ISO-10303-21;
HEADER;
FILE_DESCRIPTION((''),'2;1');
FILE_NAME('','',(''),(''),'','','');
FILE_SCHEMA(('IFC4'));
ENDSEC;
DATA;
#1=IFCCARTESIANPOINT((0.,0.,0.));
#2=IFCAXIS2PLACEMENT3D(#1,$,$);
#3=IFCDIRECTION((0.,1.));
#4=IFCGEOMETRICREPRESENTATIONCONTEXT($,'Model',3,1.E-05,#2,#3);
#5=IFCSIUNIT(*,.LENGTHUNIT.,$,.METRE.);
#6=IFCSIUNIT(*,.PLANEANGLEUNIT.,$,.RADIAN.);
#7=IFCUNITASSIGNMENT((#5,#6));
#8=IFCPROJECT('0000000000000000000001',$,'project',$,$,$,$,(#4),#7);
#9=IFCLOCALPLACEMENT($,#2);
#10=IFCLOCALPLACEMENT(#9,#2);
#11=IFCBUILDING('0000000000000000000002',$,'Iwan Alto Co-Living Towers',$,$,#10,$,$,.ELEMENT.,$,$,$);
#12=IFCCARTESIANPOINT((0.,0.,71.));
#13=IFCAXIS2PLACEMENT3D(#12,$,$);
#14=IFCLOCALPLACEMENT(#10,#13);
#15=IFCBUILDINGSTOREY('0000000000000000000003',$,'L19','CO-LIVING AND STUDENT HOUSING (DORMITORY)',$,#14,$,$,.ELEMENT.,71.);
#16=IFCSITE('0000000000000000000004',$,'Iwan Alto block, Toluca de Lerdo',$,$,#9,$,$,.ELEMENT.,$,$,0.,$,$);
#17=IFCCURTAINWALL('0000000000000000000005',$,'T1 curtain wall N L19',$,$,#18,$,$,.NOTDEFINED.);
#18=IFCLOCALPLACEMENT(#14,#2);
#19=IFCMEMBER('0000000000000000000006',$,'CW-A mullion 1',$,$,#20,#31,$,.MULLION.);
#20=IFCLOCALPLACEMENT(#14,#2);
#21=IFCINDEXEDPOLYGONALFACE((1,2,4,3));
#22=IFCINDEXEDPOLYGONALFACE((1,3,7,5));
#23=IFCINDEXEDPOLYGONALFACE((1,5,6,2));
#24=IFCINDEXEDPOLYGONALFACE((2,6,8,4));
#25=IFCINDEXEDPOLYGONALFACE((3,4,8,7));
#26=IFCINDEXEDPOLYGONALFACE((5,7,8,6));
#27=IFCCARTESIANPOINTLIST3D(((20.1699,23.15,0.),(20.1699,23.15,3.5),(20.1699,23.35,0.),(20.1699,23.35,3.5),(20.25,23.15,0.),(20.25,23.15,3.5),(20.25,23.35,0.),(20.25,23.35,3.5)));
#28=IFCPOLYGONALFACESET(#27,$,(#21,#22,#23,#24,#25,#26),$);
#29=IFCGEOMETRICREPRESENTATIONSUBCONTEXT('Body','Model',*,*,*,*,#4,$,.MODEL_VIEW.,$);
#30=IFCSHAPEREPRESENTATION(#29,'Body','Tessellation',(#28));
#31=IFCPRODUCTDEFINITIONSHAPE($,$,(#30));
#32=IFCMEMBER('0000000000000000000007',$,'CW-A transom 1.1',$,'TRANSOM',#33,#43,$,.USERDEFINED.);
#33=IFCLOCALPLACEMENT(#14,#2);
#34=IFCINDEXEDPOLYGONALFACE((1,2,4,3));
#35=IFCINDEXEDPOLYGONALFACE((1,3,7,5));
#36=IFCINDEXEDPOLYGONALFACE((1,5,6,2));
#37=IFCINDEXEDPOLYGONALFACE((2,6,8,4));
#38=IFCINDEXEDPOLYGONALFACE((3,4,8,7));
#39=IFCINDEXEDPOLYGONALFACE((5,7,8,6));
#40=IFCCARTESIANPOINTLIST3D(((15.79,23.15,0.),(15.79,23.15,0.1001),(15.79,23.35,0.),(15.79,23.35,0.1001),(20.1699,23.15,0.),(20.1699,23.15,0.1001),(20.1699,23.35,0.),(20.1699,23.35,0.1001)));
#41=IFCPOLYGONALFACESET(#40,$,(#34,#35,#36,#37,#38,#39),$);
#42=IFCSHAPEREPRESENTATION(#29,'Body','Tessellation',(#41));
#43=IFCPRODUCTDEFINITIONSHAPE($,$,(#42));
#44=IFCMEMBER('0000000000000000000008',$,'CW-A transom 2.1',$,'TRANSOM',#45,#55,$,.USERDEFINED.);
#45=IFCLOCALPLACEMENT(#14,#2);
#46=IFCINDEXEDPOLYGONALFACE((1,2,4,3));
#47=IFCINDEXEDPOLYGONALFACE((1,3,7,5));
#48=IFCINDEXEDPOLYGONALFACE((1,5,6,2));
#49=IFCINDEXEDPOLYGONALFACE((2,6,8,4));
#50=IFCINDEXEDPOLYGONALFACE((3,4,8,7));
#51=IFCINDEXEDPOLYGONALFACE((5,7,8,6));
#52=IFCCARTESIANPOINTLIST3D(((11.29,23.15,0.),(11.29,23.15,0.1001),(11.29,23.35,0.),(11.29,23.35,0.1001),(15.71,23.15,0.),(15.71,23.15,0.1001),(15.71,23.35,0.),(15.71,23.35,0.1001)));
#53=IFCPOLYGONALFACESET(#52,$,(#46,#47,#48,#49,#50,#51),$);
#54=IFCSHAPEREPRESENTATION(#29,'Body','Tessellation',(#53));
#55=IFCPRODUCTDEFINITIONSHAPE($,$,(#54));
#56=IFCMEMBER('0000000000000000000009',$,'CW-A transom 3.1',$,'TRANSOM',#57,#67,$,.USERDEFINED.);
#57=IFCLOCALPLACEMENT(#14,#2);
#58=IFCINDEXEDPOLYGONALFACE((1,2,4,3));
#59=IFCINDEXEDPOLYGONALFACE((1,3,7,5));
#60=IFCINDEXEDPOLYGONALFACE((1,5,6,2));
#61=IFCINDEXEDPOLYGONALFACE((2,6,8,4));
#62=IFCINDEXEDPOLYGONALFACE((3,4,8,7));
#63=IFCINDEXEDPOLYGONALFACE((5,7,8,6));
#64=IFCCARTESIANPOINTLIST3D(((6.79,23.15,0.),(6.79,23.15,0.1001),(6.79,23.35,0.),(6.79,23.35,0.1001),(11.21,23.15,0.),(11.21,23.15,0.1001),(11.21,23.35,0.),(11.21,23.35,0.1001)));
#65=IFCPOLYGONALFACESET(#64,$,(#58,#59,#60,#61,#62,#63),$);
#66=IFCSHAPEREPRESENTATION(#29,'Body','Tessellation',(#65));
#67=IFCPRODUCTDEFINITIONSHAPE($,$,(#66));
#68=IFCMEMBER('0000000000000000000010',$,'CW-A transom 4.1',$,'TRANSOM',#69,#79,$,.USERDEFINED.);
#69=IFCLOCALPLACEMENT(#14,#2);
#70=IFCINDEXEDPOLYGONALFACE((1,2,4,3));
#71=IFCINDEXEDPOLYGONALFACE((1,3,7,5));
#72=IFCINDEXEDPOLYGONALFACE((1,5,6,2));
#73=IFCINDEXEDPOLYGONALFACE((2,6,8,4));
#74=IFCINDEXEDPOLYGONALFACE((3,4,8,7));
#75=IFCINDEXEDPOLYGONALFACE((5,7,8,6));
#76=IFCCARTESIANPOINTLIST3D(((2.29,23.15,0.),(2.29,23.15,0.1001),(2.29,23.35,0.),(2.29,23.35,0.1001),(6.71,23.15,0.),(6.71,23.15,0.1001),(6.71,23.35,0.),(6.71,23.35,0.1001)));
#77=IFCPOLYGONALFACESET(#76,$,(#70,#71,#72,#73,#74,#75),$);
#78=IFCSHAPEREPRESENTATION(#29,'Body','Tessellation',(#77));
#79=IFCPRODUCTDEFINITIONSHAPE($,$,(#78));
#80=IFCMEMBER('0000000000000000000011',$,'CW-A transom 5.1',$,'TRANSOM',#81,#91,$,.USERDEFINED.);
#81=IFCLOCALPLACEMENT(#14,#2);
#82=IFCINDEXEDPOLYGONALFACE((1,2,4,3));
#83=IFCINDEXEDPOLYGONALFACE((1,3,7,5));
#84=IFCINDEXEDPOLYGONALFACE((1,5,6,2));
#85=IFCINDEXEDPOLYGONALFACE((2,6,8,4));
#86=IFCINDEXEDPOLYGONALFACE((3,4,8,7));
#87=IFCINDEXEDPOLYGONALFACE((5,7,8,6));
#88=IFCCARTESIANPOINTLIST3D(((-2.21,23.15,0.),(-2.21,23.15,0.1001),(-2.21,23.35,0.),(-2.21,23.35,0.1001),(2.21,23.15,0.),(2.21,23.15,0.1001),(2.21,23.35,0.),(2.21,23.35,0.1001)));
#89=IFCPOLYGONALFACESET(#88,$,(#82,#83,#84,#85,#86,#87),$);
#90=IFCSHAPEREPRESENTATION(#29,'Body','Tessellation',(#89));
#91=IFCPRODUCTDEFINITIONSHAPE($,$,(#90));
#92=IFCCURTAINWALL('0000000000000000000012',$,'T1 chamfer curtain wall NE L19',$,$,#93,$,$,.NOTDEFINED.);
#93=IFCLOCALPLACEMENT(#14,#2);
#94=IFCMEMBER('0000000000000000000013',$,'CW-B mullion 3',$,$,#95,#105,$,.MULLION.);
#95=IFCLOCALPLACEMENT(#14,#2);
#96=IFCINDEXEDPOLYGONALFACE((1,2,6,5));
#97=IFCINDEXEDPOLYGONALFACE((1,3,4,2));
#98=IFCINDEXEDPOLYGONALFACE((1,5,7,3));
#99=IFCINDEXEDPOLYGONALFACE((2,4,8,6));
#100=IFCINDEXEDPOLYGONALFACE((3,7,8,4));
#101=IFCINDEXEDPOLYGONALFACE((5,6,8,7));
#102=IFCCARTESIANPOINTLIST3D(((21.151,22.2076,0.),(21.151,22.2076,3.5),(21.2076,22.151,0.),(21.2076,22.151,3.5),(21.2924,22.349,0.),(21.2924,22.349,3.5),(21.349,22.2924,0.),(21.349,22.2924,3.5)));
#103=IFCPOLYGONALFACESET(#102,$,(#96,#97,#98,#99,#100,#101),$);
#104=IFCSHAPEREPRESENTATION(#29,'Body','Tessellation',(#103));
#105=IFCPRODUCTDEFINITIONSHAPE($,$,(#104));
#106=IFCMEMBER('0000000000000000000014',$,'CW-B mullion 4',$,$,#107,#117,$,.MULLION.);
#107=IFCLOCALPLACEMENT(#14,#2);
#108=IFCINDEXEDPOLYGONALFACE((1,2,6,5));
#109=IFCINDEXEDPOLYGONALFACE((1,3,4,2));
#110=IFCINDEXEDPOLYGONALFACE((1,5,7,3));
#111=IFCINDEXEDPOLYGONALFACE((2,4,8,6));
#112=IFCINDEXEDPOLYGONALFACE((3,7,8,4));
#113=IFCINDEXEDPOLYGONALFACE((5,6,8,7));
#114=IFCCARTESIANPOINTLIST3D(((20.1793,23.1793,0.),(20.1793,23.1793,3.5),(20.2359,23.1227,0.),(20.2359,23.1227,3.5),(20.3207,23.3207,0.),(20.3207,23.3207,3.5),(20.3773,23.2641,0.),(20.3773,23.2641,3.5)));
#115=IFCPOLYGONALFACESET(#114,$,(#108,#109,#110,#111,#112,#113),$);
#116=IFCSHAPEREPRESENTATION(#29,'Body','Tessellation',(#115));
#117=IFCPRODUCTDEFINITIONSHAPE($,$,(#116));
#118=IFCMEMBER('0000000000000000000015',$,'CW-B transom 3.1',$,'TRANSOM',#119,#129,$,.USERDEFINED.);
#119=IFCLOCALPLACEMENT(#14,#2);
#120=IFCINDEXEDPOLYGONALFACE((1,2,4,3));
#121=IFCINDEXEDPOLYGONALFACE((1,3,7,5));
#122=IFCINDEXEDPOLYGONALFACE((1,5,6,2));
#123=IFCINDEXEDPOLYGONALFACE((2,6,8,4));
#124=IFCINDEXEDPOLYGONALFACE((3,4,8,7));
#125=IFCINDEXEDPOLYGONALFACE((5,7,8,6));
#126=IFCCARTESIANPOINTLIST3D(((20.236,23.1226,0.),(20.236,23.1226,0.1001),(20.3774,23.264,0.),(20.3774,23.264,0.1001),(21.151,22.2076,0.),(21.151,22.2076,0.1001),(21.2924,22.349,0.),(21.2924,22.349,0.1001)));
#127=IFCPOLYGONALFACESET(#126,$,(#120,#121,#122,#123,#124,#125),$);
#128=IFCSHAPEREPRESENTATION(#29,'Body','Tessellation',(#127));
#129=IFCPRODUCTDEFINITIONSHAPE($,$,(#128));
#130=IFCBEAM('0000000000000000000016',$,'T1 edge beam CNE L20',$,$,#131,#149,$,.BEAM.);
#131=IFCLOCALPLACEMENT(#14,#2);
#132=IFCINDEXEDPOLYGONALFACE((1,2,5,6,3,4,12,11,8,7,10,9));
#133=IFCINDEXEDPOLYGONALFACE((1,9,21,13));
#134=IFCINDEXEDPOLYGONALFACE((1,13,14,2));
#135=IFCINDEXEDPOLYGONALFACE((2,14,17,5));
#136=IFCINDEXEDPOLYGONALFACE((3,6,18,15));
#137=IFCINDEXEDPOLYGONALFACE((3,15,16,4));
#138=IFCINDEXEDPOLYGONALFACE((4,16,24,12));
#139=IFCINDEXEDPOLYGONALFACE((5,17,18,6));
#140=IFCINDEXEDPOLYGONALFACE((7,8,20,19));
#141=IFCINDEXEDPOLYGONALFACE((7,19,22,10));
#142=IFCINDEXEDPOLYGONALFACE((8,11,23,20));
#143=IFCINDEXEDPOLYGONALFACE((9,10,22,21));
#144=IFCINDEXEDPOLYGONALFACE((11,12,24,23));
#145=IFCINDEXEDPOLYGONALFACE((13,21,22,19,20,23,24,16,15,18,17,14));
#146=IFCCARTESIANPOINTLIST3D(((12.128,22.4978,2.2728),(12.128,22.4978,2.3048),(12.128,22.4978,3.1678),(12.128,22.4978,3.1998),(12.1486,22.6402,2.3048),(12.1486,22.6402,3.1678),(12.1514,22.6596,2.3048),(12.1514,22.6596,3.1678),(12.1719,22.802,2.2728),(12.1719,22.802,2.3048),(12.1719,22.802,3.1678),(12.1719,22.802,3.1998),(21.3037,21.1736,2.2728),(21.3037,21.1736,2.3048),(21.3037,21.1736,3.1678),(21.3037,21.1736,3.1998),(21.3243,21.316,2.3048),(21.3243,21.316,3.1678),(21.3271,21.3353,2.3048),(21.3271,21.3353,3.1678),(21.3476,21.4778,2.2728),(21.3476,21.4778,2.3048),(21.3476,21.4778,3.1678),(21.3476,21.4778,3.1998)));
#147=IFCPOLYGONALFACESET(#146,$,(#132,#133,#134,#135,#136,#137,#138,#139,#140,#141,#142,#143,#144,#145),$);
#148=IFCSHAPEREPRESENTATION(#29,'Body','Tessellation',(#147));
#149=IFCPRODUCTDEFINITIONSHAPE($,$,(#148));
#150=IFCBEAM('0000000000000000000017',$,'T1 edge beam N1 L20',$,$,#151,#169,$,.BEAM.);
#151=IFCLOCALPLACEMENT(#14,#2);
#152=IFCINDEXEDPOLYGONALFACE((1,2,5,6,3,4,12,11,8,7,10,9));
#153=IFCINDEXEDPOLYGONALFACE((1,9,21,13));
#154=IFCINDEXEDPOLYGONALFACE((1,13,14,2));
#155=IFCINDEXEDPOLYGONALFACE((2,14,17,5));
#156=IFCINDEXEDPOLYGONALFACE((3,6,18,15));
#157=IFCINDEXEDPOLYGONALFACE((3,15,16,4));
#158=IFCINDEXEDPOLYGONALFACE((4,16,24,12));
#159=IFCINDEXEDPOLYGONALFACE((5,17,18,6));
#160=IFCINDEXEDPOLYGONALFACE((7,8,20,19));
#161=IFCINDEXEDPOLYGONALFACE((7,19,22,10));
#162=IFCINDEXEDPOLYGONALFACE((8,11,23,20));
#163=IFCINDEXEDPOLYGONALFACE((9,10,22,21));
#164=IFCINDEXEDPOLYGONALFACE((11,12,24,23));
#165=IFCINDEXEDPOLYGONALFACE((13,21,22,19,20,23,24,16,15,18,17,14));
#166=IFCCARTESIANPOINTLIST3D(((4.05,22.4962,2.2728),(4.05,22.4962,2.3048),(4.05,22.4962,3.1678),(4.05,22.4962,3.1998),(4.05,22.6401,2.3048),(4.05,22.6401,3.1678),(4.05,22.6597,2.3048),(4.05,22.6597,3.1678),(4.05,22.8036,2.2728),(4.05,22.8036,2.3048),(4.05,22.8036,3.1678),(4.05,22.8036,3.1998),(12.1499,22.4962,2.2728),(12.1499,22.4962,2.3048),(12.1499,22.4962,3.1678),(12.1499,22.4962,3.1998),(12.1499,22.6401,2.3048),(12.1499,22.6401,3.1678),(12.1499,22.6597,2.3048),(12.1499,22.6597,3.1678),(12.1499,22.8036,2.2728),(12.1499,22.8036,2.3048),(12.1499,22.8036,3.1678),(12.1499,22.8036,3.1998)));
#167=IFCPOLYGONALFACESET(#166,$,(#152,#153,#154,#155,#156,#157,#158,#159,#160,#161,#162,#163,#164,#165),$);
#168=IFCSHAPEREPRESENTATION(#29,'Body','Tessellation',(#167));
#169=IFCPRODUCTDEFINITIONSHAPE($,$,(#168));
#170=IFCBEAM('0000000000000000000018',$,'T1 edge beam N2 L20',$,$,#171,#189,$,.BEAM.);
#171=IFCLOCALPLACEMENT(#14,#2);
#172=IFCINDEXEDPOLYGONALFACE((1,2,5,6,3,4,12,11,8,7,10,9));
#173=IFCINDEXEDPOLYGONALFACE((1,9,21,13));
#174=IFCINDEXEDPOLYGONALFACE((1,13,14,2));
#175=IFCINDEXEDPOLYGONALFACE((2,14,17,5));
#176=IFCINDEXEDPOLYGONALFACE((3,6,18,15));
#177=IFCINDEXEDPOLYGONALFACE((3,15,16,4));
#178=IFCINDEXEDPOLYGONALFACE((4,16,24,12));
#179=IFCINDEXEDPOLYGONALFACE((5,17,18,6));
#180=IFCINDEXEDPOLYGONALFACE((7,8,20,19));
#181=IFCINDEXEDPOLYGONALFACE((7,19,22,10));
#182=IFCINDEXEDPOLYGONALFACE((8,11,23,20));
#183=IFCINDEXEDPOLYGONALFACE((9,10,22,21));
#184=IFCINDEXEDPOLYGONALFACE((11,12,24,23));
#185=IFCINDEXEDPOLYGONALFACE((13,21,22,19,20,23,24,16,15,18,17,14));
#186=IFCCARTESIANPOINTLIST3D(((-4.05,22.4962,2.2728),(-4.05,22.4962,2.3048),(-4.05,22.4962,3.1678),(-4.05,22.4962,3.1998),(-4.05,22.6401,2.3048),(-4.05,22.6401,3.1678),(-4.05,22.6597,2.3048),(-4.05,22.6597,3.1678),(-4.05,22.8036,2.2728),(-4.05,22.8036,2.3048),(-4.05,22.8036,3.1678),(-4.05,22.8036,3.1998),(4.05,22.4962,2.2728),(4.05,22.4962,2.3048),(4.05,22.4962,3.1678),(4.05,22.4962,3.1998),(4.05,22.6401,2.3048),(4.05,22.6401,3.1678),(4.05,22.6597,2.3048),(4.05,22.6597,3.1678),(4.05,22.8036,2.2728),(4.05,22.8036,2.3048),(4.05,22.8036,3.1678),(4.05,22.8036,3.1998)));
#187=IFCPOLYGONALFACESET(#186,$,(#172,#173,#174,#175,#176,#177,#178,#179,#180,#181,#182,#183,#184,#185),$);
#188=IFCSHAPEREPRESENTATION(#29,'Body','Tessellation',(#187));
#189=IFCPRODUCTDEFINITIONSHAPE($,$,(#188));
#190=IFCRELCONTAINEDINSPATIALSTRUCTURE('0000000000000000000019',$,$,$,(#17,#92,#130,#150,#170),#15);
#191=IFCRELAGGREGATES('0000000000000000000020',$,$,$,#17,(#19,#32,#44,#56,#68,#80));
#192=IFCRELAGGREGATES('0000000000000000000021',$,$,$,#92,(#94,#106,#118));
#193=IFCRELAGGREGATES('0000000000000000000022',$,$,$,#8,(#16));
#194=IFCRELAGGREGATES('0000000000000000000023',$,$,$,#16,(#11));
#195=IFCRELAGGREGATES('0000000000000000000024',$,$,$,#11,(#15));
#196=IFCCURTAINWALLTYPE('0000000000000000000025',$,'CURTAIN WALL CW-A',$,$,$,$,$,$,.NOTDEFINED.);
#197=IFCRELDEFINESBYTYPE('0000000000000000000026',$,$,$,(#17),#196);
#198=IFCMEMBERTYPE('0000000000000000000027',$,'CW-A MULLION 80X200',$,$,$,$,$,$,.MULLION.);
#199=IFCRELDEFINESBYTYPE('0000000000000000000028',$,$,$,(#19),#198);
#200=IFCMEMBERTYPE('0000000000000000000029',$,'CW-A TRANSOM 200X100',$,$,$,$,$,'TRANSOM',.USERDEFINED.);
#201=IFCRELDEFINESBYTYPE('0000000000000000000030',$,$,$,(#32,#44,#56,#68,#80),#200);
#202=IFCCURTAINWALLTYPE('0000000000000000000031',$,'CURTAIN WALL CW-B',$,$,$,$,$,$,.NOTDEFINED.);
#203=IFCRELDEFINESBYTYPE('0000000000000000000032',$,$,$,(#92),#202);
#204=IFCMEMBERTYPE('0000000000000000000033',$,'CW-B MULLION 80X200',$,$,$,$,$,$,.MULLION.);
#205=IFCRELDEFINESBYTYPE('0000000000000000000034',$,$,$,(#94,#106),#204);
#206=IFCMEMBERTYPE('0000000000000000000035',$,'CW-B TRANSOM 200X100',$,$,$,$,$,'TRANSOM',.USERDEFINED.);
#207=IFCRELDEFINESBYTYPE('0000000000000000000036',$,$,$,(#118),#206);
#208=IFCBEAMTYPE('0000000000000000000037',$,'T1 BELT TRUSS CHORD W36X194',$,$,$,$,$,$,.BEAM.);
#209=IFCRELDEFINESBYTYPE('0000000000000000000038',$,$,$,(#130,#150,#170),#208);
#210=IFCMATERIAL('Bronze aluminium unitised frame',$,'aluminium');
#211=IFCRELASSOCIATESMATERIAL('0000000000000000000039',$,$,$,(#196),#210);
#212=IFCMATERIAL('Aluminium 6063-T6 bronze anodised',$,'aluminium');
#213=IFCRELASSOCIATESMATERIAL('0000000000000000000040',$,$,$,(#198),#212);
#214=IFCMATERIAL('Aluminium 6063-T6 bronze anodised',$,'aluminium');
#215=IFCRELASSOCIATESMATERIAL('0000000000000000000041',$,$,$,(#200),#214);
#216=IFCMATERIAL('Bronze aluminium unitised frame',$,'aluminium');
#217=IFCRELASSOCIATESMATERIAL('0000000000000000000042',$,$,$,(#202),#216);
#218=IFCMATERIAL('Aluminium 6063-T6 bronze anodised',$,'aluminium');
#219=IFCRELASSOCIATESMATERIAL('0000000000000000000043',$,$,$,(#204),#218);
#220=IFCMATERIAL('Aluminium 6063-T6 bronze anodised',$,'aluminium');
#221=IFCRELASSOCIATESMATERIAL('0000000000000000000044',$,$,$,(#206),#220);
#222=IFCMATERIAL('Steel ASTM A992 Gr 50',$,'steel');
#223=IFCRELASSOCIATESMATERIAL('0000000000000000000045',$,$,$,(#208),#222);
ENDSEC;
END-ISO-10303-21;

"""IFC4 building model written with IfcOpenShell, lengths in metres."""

from ifc_helpers import new_model, si_unit, direction, frame, origin, origin_2d, place, context, subcontext, project, spatial, rectangle, i_section, extrude, material, material_profile, profile_set, type_object, element, aggregate, save


model = new_model("IFC4")

# Units and contexts
model_context = context("Model", 3, precision=1e-05, world=origin(), true_north=direction((0.0, 1.0)))
body_context = subcontext(model_context, "Body", "Model", "MODEL_VIEW")
ifc_project = project(units=[si_unit("LENGTHUNIT", "METRE"), si_unit("PLANEANGLEUNIT", "RADIAN")], contexts=[model_context])

# Site, building, storey
site_placement = place(None, origin())
site = spatial("IfcSite", under=ifc_project, at=site_placement, Name="Iwan Alto block, Toluca de Lerdo", CompositionType="ELEMENT", RefElevation=0.0)
building_placement = place(site_placement, origin())
building = spatial("IfcBuilding", under=site, at=building_placement, Name="Iwan Alto Co-Living Towers", CompositionType="ELEMENT")
storey_placement = place(building_placement, frame((0.0, 0.0, 71.0)))
storey = spatial("IfcBuildingStorey", under=building, at=storey_placement, Name="L19", Description="CO-LIVING AND STUDENT HOUSING (DORMITORY)", CompositionType="ELEMENT", Elevation=71.0)

# Curtain walls, members
ifc_material_1 = material(Name="Bronze aluminium unitised frame", Category="aluminium")
curtain_wall_type_1 = type_object("IfcCurtainWallType", Name="CURTAIN WALL CW-A", PredefinedType="NOTDEFINED", material=ifc_material_1)
curtain_wall_1_placement = place(storey_placement, origin())
curtain_wall_1 = element("IfcCurtainWall", 1, at=curtain_wall_1_placement, inside=storey, type_object=curtain_wall_type_1, Name="T1 curtain wall N L19", PredefinedType="NOTDEFINED")
ifc_material_2 = material(Name="Aluminium 6063-T6 bronze anodised", Category="aluminium")
ifc_material_profile_1 = material_profile(ifc_material_2, rectangle(XDim=0.2, YDim=0.0801, at=origin_2d()), Name="AL 80X200")
ifc_profile_set_1 = profile_set([ifc_material_profile_1], Name="Aluminium 6063-T6 bronze anodised")
member_type_1 = type_object("IfcMemberType", Name="CW-A MULLION 80X200", PredefinedType="MULLION", material=ifc_profile_set_1)
member_1_placement = place(storey_placement, frame((20.21, 23.25, 0.0), z_axis=(0.0, 0.0, 1.0), x_axis=(0.0, -1.0, 0.0)))
member_1 = element("IfcMember", 2, at=member_1_placement, type_object=member_type_1, Name="CW-A mullion 1", PredefinedType="MULLION", context=body_context, shape_type="SweptSolid", body=[
    extrude(rectangle(XDim=0.2, YDim=0.0801, at=origin_2d()), origin(), (0.0, 0.0, 1.0), 3.5),
])
ifc_material_3 = material(Name="Aluminium 6063-T6 bronze anodised", Category="aluminium")
ifc_material_profile_2 = material_profile(ifc_material_3, rectangle(XDim=0.2, YDim=0.1001, at=origin_2d()), Name="AL 200X100")
ifc_profile_set_2 = profile_set([ifc_material_profile_2], Name="Aluminium 6063-T6 bronze anodised")
member_type_2 = type_object("IfcMemberType", Name="CW-A TRANSOM 200X100", ElementType="TRANSOM", PredefinedType="USERDEFINED", material=ifc_profile_set_2)
member_2_placement = place(storey_placement, frame((20.1699, 23.25, 0.05), z_axis=(-1.0, 0.0, 0.0), x_axis=(0.0, -1.0, 0.0)))
member_2 = element("IfcMember", 3, at=member_2_placement, type_object=member_type_2, Name="CW-A transom 1.1", ObjectType="TRANSOM", PredefinedType="USERDEFINED", context=body_context, shape_type="SweptSolid", body=[
    extrude(rectangle(XDim=0.2, YDim=0.1001, at=origin_2d()), origin(), (0.0, 0.0, 1.0), 4.3799),
])
member_3_placement = place(storey_placement, frame((15.71, 23.25, 0.05), z_axis=(-1.0, 0.0, 0.0), x_axis=(0.0, -1.0, 0.0)))
member_3 = element("IfcMember", 4, at=member_3_placement, type_object=member_type_2, Name="CW-A transom 2.1", ObjectType="TRANSOM", PredefinedType="USERDEFINED", context=body_context, shape_type="SweptSolid", body=[
    extrude(rectangle(XDim=0.2, YDim=0.1001, at=origin_2d()), origin(), (0.0, 0.0, 1.0), 4.4199),
])
member_4_placement = place(storey_placement, frame((11.21, 23.25, 0.05), z_axis=(-1.0, 0.0, 0.0), x_axis=(0.0, -1.0, 0.0)))
member_4 = element("IfcMember", 5, at=member_4_placement, type_object=member_type_2, Name="CW-A transom 3.1", ObjectType="TRANSOM", PredefinedType="USERDEFINED", context=body_context, shape_type="SweptSolid", body=[
    extrude(rectangle(XDim=0.2, YDim=0.1001, at=origin_2d()), origin(), (0.0, 0.0, 1.0), 4.4199),
])
member_5_placement = place(storey_placement, frame((6.71, 23.25, 0.05), z_axis=(-1.0, 0.0, 0.0), x_axis=(0.0, -1.0, 0.0)))
member_5 = element("IfcMember", 6, at=member_5_placement, type_object=member_type_2, Name="CW-A transom 4.1", ObjectType="TRANSOM", PredefinedType="USERDEFINED", context=body_context, shape_type="SweptSolid", body=[
    extrude(rectangle(XDim=0.2, YDim=0.1001, at=origin_2d()), origin(), (0.0, 0.0, 1.0), 4.4199),
])
member_6_placement = place(storey_placement, frame((2.21, 23.25, 0.05), z_axis=(-1.0, 0.0, 0.0), x_axis=(0.0, -1.0, 0.0)))
member_6 = element("IfcMember", 7, at=member_6_placement, type_object=member_type_2, Name="CW-A transom 5.1", ObjectType="TRANSOM", PredefinedType="USERDEFINED", context=body_context, shape_type="SweptSolid", body=[
    extrude(rectangle(XDim=0.2, YDim=0.1001, at=origin_2d()), origin(), (0.0, 0.0, 1.0), 4.4199),
])
ifc_material_4 = material(Name="Bronze aluminium unitised frame", Category="aluminium")
curtain_wall_type_2 = type_object("IfcCurtainWallType", Name="CURTAIN WALL CW-B", PredefinedType="NOTDEFINED", material=ifc_material_4)
curtain_wall_2_placement = place(storey_placement, origin())
curtain_wall_2 = element("IfcCurtainWall", 8, at=curtain_wall_2_placement, inside=storey, type_object=curtain_wall_type_2, Name="T1 chamfer curtain wall NE L19", PredefinedType="NOTDEFINED")
ifc_material_5 = material(Name="Aluminium 6063-T6 bronze anodised", Category="aluminium")
ifc_material_profile_3 = material_profile(ifc_material_5, rectangle(XDim=0.2, YDim=0.0801, at=origin_2d()), Name="AL 80X200")
ifc_profile_set_3 = profile_set([ifc_material_profile_3], Name="Aluminium 6063-T6 bronze anodised")
member_type_3 = type_object("IfcMemberType", Name="CW-B MULLION 80X200", PredefinedType="MULLION", material=ifc_profile_set_3)
member_7_placement = place(storey_placement, frame((21.25, 22.25, 0.0), z_axis=(0.0, 0.0, 1.0), x_axis=(-0.707107, -0.707107, 0.0)))
member_7 = element("IfcMember", 9, at=member_7_placement, type_object=member_type_3, Name="CW-B mullion 3", PredefinedType="MULLION", context=body_context, shape_type="SweptSolid", body=[
    extrude(rectangle(XDim=0.2, YDim=0.0801, at=origin_2d()), origin(), (0.0, 0.0, 1.0), 3.5),
])
member_8_placement = place(storey_placement, frame((20.2783, 23.2217, 0.0), z_axis=(0.0, 0.0, 1.0), x_axis=(-0.707107, -0.707107, 0.0)))
member_8 = element("IfcMember", 10, at=member_8_placement, type_object=member_type_3, Name="CW-B mullion 4", PredefinedType="MULLION", context=body_context, shape_type="SweptSolid", body=[
    extrude(rectangle(XDim=0.2, YDim=0.0801, at=origin_2d()), origin(), (0.0, 0.0, 1.0), 3.5),
])
ifc_material_6 = material(Name="Aluminium 6063-T6 bronze anodised", Category="aluminium")
ifc_material_profile_4 = material_profile(ifc_material_6, rectangle(XDim=0.2, YDim=0.1001, at=origin_2d()), Name="AL 200X100")
ifc_profile_set_4 = profile_set([ifc_material_profile_4], Name="Aluminium 6063-T6 bronze anodised")
member_type_4 = type_object("IfcMemberType", Name="CW-B TRANSOM 200X100", ElementType="TRANSOM", PredefinedType="USERDEFINED", material=ifc_profile_set_4)
member_9_placement = place(storey_placement, frame((21.2217, 22.2783, 0.05), z_axis=(-0.707107, 0.707107, 0.0), x_axis=(-0.707107, -0.707107, 0.0)))
member_9 = element("IfcMember", 11, at=member_9_placement, type_object=member_type_4, Name="CW-B transom 3.1", ObjectType="TRANSOM", PredefinedType="USERDEFINED", context=body_context, shape_type="SweptSolid", body=[
    extrude(rectangle(XDim=0.2, YDim=0.1001, at=origin_2d()), origin(), (0.0, 0.0, 1.0), 1.2939),
])

# Beams
ifc_material_7 = material(Name="Steel ASTM A992 Gr 50", Category="steel")
ifc_material_profile_5 = material_profile(ifc_material_7, i_section(OverallWidth=0.3074, OverallDepth=0.927, WebThickness=0.0195, FlangeThickness=0.032, at=origin_2d()), Name="W36X194")
ifc_profile_set_5 = profile_set([ifc_material_profile_5], Name="Steel ASTM A992 Gr 50")
beam_type_1 = type_object("IfcBeamType", Name="T1 BELT TRUSS CHORD W36X194", PredefinedType="BEAM", material=ifc_profile_set_5)
beam_1_placement = place(storey_placement, frame((21.3257, 21.3257, 2.7363), z_axis=(-0.989746, 0.142837, 0.0), x_axis=(-0.142837, -0.989746, 0.0)))
element("IfcBeam", 12, at=beam_1_placement, inside=storey, type_object=beam_type_1, Name="T1 edge beam CNE L20", PredefinedType="BEAM", context=body_context, shape_type="SweptSolid", body=[
    extrude(i_section(OverallWidth=0.3074, OverallDepth=0.927, WebThickness=0.0195, FlangeThickness=0.032, at=origin_2d()), origin(), (0.0, 0.0, 1.0), 9.2708),
])
beam_2_placement = place(storey_placement, frame((12.1499, 22.6499, 2.7363), z_axis=(-1.0, 0.0, 0.0), x_axis=(0.0, -1.0, 0.0)))
element("IfcBeam", 13, at=beam_2_placement, inside=storey, type_object=beam_type_1, Name="T1 edge beam N1 L20", PredefinedType="BEAM", context=body_context, shape_type="SweptSolid", body=[
    extrude(i_section(OverallWidth=0.3074, OverallDepth=0.927, WebThickness=0.0195, FlangeThickness=0.032, at=origin_2d()), origin(), (0.0, 0.0, 1.0), 8.0999),
])
beam_3_placement = place(storey_placement, frame((4.05, 22.6499, 2.7363), z_axis=(-1.0, 0.0, 0.0), x_axis=(0.0, -1.0, 0.0)))
element("IfcBeam", 14, at=beam_3_placement, inside=storey, type_object=beam_type_1, Name="T1 edge beam N2 L20", PredefinedType="BEAM", context=body_context, shape_type="SweptSolid", body=[
    extrude(i_section(OverallWidth=0.3074, OverallDepth=0.927, WebThickness=0.0195, FlangeThickness=0.032, at=origin_2d()), origin(), (0.0, 0.0, 1.0), 8.1001),
])

aggregate(curtain_wall_1, [member_1, member_2, member_3, member_4, member_5, member_6])
aggregate(curtain_wall_2, [member_7, member_8, member_9])

save(model, "model.ifc")
